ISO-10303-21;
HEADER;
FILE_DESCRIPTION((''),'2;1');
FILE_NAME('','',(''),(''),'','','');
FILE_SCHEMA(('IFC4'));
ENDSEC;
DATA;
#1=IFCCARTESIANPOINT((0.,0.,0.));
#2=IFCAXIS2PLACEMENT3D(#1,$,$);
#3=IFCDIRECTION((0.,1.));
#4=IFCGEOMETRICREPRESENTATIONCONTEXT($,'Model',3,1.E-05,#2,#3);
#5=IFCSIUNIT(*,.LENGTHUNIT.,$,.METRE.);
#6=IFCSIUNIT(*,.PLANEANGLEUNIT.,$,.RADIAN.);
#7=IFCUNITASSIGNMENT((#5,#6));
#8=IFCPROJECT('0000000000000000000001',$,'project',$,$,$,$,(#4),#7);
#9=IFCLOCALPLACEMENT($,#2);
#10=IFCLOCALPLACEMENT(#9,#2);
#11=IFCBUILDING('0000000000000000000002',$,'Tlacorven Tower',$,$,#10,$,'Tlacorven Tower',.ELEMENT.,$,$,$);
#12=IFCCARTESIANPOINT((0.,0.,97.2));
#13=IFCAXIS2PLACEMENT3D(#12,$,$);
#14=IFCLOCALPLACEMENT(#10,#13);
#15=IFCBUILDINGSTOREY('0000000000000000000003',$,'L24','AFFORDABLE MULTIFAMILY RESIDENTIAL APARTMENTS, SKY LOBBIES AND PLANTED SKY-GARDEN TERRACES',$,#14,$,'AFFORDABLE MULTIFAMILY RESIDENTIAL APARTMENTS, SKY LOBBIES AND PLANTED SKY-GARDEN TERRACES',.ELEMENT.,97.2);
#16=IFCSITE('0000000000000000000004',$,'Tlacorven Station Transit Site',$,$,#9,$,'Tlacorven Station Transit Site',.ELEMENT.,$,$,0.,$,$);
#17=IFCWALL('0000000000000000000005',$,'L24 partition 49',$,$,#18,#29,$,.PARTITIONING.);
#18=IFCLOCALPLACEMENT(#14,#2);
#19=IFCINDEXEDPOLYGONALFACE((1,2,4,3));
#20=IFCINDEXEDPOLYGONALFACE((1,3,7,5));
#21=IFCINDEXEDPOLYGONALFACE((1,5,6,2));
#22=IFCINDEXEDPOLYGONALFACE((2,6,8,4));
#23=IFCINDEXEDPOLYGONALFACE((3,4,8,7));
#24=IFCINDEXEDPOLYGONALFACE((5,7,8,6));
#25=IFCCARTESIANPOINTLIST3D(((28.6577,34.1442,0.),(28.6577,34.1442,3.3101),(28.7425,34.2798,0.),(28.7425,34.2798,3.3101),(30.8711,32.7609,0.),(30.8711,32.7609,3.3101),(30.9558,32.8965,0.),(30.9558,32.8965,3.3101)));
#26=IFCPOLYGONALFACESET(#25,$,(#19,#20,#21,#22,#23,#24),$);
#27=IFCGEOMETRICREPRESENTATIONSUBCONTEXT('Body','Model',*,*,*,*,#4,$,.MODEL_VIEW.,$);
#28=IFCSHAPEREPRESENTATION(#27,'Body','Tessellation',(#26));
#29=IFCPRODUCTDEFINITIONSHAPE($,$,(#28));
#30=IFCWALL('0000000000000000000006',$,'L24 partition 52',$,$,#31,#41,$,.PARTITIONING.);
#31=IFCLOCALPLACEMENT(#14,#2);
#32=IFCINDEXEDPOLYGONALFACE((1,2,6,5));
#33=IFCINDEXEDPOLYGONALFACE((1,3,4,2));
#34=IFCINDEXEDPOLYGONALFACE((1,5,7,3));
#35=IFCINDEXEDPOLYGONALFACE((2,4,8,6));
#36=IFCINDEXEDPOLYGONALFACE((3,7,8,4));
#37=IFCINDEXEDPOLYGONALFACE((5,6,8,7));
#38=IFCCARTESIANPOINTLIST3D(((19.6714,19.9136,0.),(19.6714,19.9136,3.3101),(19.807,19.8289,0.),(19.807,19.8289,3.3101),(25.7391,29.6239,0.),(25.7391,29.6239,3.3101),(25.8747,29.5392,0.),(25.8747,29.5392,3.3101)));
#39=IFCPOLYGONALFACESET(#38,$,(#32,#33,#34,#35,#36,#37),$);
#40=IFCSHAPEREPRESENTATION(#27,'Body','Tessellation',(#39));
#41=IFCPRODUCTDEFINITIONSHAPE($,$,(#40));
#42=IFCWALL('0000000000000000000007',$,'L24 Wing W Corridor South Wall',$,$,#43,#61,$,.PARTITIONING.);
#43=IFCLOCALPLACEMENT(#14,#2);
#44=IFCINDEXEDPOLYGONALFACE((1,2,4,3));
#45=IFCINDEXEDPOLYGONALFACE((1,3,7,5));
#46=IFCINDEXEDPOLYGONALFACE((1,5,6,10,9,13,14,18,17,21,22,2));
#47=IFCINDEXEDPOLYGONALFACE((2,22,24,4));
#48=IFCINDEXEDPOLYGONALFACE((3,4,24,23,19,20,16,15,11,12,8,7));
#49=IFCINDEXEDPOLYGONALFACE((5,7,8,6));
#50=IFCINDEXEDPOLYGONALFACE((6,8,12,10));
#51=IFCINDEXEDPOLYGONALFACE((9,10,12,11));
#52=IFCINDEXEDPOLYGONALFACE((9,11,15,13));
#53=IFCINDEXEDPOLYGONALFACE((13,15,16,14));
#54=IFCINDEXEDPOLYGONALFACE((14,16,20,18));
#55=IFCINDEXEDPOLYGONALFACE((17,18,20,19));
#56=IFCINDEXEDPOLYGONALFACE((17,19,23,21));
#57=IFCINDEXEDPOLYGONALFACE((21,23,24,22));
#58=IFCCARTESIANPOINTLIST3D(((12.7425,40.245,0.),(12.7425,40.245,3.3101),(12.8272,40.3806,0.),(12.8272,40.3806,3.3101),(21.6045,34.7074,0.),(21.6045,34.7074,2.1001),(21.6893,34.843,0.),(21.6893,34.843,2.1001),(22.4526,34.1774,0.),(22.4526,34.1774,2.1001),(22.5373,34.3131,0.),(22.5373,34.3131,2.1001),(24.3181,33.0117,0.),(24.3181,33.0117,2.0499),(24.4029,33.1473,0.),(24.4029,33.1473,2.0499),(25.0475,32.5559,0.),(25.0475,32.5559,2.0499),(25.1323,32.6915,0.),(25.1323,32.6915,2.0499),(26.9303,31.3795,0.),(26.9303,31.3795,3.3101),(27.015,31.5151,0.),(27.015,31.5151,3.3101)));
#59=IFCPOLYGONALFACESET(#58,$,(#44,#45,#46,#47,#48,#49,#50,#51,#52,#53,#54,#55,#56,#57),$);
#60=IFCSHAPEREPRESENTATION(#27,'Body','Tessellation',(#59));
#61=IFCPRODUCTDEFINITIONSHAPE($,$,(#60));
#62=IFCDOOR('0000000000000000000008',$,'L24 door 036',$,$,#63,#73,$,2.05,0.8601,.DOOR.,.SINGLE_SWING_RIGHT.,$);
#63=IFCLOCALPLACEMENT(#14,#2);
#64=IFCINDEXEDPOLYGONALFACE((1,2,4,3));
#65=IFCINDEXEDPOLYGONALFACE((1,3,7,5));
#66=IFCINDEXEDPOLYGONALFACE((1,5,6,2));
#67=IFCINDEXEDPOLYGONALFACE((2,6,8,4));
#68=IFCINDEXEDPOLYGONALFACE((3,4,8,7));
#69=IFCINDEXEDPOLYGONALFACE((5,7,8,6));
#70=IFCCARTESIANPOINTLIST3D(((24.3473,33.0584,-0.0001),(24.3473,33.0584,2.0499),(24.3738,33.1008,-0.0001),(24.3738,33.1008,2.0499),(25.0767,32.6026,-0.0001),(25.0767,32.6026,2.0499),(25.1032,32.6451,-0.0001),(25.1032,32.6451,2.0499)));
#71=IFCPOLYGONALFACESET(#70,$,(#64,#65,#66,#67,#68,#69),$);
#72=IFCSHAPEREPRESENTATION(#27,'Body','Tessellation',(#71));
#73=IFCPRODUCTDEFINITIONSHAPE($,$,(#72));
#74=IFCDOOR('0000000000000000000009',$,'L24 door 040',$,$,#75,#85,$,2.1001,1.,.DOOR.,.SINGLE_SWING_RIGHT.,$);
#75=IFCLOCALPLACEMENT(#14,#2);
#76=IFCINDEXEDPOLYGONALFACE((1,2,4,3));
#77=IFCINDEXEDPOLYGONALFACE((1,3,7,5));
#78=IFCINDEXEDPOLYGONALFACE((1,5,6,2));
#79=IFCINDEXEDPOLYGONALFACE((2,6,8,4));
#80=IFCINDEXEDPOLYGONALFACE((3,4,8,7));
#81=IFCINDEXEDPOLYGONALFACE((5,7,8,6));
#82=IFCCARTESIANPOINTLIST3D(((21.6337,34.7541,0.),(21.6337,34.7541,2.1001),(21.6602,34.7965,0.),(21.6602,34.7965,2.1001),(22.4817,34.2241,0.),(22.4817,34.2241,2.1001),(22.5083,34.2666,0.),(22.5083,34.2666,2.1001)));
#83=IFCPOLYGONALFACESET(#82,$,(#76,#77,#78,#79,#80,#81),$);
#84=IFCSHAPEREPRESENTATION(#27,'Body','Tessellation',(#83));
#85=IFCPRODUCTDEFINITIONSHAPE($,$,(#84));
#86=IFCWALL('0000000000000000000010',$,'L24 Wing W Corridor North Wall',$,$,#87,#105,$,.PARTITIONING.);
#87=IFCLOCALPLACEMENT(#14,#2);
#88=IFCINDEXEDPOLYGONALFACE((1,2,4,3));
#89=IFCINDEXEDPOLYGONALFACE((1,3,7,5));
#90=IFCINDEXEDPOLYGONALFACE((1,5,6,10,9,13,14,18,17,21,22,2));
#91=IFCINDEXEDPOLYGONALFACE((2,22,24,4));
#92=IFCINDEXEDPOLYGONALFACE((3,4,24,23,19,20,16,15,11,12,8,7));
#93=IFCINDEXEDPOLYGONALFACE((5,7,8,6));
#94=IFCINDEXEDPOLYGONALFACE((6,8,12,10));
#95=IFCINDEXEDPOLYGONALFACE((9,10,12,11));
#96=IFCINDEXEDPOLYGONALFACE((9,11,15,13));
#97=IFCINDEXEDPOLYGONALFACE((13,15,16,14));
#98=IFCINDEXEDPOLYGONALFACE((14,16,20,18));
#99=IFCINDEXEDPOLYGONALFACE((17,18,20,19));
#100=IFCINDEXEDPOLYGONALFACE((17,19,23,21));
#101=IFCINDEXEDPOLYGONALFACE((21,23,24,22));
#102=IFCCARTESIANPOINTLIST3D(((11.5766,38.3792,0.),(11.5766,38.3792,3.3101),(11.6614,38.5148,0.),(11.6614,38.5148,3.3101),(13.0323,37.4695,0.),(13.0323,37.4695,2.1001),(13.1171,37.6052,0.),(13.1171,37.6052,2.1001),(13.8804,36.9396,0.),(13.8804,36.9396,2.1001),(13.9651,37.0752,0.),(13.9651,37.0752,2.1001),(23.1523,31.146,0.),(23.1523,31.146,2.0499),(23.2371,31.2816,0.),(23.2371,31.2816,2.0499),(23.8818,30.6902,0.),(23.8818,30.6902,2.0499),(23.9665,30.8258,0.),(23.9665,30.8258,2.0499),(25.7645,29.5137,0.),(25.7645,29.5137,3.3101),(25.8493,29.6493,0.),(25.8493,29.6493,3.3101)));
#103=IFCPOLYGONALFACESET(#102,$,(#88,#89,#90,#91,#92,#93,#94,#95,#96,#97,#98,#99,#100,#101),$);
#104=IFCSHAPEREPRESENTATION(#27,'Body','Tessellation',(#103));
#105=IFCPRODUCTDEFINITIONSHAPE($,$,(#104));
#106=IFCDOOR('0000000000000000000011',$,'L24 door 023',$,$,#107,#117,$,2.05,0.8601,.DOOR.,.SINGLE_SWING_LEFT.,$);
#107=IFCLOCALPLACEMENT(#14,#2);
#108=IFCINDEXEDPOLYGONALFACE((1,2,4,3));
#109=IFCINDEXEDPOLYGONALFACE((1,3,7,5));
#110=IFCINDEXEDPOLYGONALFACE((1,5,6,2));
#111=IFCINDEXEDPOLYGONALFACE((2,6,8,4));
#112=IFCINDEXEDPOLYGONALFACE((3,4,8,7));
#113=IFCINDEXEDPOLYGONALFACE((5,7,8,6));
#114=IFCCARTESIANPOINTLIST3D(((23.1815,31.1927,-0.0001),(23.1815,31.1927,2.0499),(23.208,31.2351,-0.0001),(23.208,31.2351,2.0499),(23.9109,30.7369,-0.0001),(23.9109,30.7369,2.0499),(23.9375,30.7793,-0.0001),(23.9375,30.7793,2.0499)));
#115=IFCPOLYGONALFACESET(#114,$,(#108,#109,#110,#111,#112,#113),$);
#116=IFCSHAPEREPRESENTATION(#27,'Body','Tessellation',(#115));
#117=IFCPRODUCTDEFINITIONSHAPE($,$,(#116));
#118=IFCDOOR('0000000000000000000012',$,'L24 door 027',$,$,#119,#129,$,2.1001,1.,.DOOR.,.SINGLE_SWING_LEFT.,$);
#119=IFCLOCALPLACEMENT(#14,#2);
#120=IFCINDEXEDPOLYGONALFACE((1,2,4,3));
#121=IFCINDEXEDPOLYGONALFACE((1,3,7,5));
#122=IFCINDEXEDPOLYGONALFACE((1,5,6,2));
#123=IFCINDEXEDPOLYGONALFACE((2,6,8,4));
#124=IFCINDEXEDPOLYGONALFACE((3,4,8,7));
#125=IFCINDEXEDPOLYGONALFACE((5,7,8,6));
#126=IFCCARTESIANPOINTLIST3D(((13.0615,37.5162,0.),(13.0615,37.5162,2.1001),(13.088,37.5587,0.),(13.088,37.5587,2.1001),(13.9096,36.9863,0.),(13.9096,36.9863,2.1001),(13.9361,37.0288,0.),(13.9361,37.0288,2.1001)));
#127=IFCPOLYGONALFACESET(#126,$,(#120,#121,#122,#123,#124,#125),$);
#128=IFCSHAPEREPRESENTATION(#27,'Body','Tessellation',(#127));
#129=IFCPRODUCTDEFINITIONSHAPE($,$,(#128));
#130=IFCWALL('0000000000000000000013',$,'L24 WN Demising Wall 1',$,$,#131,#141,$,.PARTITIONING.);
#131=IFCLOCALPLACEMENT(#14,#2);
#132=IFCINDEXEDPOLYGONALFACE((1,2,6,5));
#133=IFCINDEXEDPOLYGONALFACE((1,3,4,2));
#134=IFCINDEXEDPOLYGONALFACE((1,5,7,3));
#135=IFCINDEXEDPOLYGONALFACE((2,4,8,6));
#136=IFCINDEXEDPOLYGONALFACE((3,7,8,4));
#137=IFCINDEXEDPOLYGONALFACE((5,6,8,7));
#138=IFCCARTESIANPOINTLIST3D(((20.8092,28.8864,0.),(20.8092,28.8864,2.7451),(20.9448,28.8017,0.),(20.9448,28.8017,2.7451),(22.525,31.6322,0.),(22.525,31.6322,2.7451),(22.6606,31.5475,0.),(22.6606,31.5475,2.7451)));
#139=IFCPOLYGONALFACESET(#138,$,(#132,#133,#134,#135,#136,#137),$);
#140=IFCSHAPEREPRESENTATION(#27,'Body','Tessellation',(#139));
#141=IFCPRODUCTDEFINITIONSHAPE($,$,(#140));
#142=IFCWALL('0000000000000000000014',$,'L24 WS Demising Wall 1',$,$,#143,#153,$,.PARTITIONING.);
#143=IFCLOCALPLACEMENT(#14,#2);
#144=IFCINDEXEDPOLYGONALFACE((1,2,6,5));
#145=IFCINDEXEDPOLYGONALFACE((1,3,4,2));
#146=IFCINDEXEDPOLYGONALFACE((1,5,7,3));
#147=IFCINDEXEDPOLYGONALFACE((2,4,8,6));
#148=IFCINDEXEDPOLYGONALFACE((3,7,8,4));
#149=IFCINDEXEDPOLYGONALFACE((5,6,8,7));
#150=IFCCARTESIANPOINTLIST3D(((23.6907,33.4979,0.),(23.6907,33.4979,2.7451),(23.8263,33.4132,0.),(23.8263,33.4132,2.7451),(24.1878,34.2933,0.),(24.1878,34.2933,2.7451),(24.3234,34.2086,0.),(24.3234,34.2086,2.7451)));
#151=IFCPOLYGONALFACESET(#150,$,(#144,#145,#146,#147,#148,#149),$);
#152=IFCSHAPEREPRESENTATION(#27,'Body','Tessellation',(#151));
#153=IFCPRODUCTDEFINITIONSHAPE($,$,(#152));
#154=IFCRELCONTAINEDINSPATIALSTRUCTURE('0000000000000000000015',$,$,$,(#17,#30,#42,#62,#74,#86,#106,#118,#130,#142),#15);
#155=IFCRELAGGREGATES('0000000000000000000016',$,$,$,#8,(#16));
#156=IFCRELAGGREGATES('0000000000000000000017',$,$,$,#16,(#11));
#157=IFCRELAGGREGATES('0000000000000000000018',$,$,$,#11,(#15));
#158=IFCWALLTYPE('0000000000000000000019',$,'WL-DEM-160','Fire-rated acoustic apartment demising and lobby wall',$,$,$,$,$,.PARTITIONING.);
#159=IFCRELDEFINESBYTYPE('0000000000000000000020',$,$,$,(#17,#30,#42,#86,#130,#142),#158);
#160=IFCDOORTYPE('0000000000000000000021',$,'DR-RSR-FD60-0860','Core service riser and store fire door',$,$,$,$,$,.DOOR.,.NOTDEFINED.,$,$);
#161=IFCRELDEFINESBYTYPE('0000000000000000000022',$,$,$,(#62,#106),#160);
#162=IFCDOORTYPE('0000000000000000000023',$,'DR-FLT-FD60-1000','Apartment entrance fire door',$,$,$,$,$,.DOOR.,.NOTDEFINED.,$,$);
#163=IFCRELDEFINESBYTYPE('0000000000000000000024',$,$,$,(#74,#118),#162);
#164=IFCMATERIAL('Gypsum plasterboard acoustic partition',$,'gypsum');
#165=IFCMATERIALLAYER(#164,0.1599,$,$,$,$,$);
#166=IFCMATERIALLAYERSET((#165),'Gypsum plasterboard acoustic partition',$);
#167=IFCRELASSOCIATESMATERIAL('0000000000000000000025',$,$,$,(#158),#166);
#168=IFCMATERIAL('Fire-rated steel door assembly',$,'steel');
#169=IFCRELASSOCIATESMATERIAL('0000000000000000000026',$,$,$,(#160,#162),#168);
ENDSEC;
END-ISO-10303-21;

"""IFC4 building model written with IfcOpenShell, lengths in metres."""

from ifc_helpers import new_model, si_unit, direction, frame, frame_2d, origin, place, context, subcontext, project, spatial, rectangle, extrude, source, transform, mapped, material, layer, layer_set, type_object, element, fill, save


model = new_model("IFC4")

# Units and contexts
model_context = context("Model", 3, precision=1e-05, world=origin(), true_north=direction((0.0, 1.0)))
body_context = subcontext(model_context, "Body", "Model", "MODEL_VIEW")
ifc_project = project(units=[si_unit("LENGTHUNIT", "METRE"), si_unit("PLANEANGLEUNIT", "RADIAN")], contexts=[model_context])

# Site, building, storey
site_placement = place(None, origin())
site = spatial("IfcSite", under=ifc_project, at=site_placement, Name="Tlacorven Station Transit Site", LongName="Tlacorven Station Transit Site", CompositionType="ELEMENT", RefElevation=0.0)
building_placement = place(site_placement, origin())
building = spatial("IfcBuilding", under=site, at=building_placement, Name="Tlacorven Tower", LongName="Tlacorven Tower", CompositionType="ELEMENT")
storey_placement = place(building_placement, frame((0.0, 0.0, 97.2)))
storey = spatial("IfcBuildingStorey", under=building, at=storey_placement, Name="L24", Description="AFFORDABLE MULTIFAMILY RESIDENTIAL APARTMENTS, SKY LOBBIES AND PLANTED SKY-GARDEN TERRACES", LongName="AFFORDABLE MULTIFAMILY RESIDENTIAL APARTMENTS, SKY LOBBIES AND PLANTED SKY-GARDEN TERRACES", CompositionType="ELEMENT", Elevation=97.2)

# Walls
ifc_material_1 = material(Name="Gypsum plasterboard acoustic partition", Category="gypsum")
ifc_layer_1 = layer(ifc_material_1, 0.1599)
ifc_layer_set_1 = layer_set([ifc_layer_1], Name="Gypsum plasterboard acoustic partition")
wall_type_1 = type_object("IfcWallType", Name="WL-DEM-160", Description="Fire-rated acoustic apartment demising and lobby wall", PredefinedType="PARTITIONING", material=ifc_layer_set_1)
wall_1_placement = place(storey_placement, frame((30.9136, 32.8286, 0.0), z_axis=(0.0, 0.0, 1.0), x_axis=(-0.848009, 0.529982, 0.0)))
element("IfcWall", 1, at=wall_1_placement, inside=storey, type_object=wall_type_1, Name="L24 partition 49", PredefinedType="PARTITIONING", context=body_context, shape_type="SweptSolid", body=[
    extrude(rectangle(XDim=2.6101, YDim=0.1599, at=frame_2d((1.3052, 0.0))), origin(), (0.0, 0.0, 1.0), 3.3101),
])
wall_2_placement = place(storey_placement, frame((25.8069, 29.5815, 0.0), z_axis=(0.0, 0.0, 1.0), x_axis=(-0.52992, -0.848047, 0.0)))
element("IfcWall", 2, at=wall_2_placement, inside=storey, type_object=wall_type_1, Name="L24 partition 52", PredefinedType="PARTITIONING", context=body_context, shape_type="SweptSolid", body=[
    extrude(rectangle(XDim=11.4502, YDim=0.1599, at=frame_2d((5.7251, 0.0))), origin(), (0.0, 0.0, 1.0), 3.3101),
])

# Walls, openings, doors
wall_3_placement = place(storey_placement, frame((26.9727, 31.4473, 0.0), z_axis=(0.0, 0.0, 1.0), x_axis=(-0.848048, 0.529919, 0.0)))
wall_3 = element("IfcWall", 3, at=wall_3_placement, inside=storey, type_object=wall_type_1, Name="L24 Wing W Corridor South Wall", PredefinedType="PARTITIONING", context=body_context, shape_type="SweptSolid", body=[
    extrude(rectangle(XDim=16.73, YDim=0.1599, at=frame_2d((8.365, 0.0))), origin(), (0.0, 0.0, 1.0), 3.3101),
])
opening_1_placement = place(wall_3_placement, frame((2.22, 0.0, 0.0)))
opening_1 = element("IfcOpeningElement", 4, at=opening_1_placement, cuts=wall_3, PredefinedType="OPENING", context=body_context, shape_type="SweptSolid", body=[
    extrude(rectangle(XDim=0.8601, YDim=2.05, at=frame_2d((0.4302, 1.0249))), frame((0.0, 0.0898, 0.0), z_axis=(0.0, -1.0, 0.0), x_axis=(1.0, 0.0, 0.0)), (0.0, 0.0, 1.0), 0.1799),
])
opening_2_placement = place(wall_3_placement, frame((5.28, 0.0, 0.0)))
opening_2 = element("IfcOpeningElement", 5, at=opening_2_placement, cuts=wall_3, PredefinedType="OPENING", context=body_context, shape_type="SweptSolid", body=[
    extrude(rectangle(XDim=1.0, YDim=2.1001, at=frame_2d((0.5, 1.05))), frame((0.0, 0.0898, 0.0), z_axis=(0.0, -1.0, 0.0), x_axis=(1.0, 0.0, 0.0)), (0.0, 0.0, 1.0), 0.1799),
])
ifc_material_2 = material(Name="Fire-rated steel door assembly", Category="steel")
door_type_1 = type_object("IfcDoorType", Name="DR-RSR-FD60-0860", Description="Core service riser and store fire door", OperationType="NOTDEFINED", PredefinedType="DOOR", material=ifc_material_2)
shared_shape_1 = source(origin(), body_context, "Body", "SweptSolid", [
    extrude(rectangle(XDim=0.8601, YDim=2.05, at=frame_2d((0.4302, 1.0249))), frame((0.0, 0.0249, 0.0), z_axis=(0.0, -1.0, 0.0), x_axis=(1.0, 0.0, 0.0)), (0.0, 0.0, 1.0), 0.05),
])
door_1_placement = place(opening_1_placement, origin())
door_1 = element("IfcDoor", 6, at=door_1_placement, inside=storey, type_object=door_type_1, Name="L24 door 036", OperationType="SINGLE_SWING_RIGHT", OverallHeight=2.05, OverallWidth=0.8601, PredefinedType="DOOR", context=body_context, shape_type="MappedRepresentation", body=[
    mapped(shared_shape_1, transform((0.0, 0.0, 0.0), scale=1.0)),
])
fill(opening_1, door_1)
door_type_2 = type_object("IfcDoorType", Name="DR-FLT-FD60-1000", Description="Apartment entrance fire door", OperationType="NOTDEFINED", PredefinedType="DOOR", material=ifc_material_2)
shared_shape_2 = source(origin(), body_context, "Body", "SweptSolid", [
    extrude(rectangle(XDim=1.0, YDim=2.1001, at=frame_2d((0.5, 1.05))), frame((0.0, 0.0249, 0.0), z_axis=(0.0, -1.0, 0.0), x_axis=(1.0, 0.0, 0.0)), (0.0, 0.0, 1.0), 0.05),
])
door_2_placement = place(opening_2_placement, origin())
door_2 = element("IfcDoor", 7, at=door_2_placement, inside=storey, type_object=door_type_2, Name="L24 door 040", OperationType="SINGLE_SWING_RIGHT", OverallHeight=2.1001, OverallWidth=1.0, PredefinedType="DOOR", context=body_context, shape_type="MappedRepresentation", body=[
    mapped(shared_shape_2, transform((0.0, 0.0, 0.0), scale=1.0)),
])
fill(opening_2, door_2)
wall_4_placement = place(storey_placement, frame((25.8069, 29.5815, 0.0), z_axis=(0.0, 0.0, 1.0), x_axis=(-0.848052, 0.529912, 0.0)))
wall_4 = element("IfcWall", 8, at=wall_4_placement, inside=storey, type_object=wall_type_1, Name="L24 Wing W Corridor North Wall", PredefinedType="PARTITIONING", context=body_context, shape_type="SweptSolid", body=[
    extrude(rectangle(XDim=16.73, YDim=0.1599, at=frame_2d((8.365, 0.0))), origin(), (0.0, 0.0, 1.0), 3.3101),
])
opening_3_placement = place(wall_4_placement, frame((2.22, 0.0, 0.0)))
opening_3 = element("IfcOpeningElement", 9, at=opening_3_placement, cuts=wall_4, PredefinedType="OPENING", context=body_context, shape_type="SweptSolid", body=[
    extrude(rectangle(XDim=0.8601, YDim=2.05, at=frame_2d((0.4302, 1.0249))), frame((0.0, 0.0898, 0.0), z_axis=(0.0, -1.0, 0.0), x_axis=(1.0, 0.0, 0.0)), (0.0, 0.0, 1.0), 0.1799),
])
opening_4_placement = place(wall_4_placement, frame((14.0134, 0.0, 0.0)))
opening_4 = element("IfcOpeningElement", 10, at=opening_4_placement, cuts=wall_4, PredefinedType="OPENING", context=body_context, shape_type="SweptSolid", body=[
    extrude(rectangle(XDim=1.0, YDim=2.1001, at=frame_2d((0.5, 1.05))), frame((0.0, 0.0898, 0.0), z_axis=(0.0, -1.0, 0.0), x_axis=(1.0, 0.0, 0.0)), (0.0, 0.0, 1.0), 0.1799),
])
door_3_placement = place(opening_3_placement, origin())
door_3 = element("IfcDoor", 11, at=door_3_placement, inside=storey, type_object=door_type_1, Name="L24 door 023", OperationType="SINGLE_SWING_LEFT", OverallHeight=2.05, OverallWidth=0.8601, PredefinedType="DOOR", context=body_context, shape_type="MappedRepresentation", body=[
    mapped(shared_shape_1, transform((0.0, 0.0, 0.0), scale=1.0)),
])
fill(opening_3, door_3)
door_4_placement = place(opening_4_placement, origin())
door_4 = element("IfcDoor", 12, at=door_4_placement, inside=storey, type_object=door_type_2, Name="L24 door 027", OperationType="SINGLE_SWING_LEFT", OverallHeight=2.1001, OverallWidth=1.0, PredefinedType="DOOR", context=body_context, shape_type="MappedRepresentation", body=[
    mapped(shared_shape_2, transform((0.0, 0.0, 0.0), scale=1.0)),
])
fill(opening_4, door_4)

# Walls
wall_5_placement = place(storey_placement, frame((22.5928, 31.5898, 0.0), z_axis=(0.0, 0.0, 1.0), x_axis=(-0.529924, -0.848045, 0.0)))
element("IfcWall", 13, at=wall_5_placement, inside=storey, type_object=wall_type_1, Name="L24 WN Demising Wall 1", PredefinedType="PARTITIONING", context=body_context, shape_type="SweptSolid", body=[
    extrude(rectangle(XDim=3.2378, YDim=0.1599, at=frame_2d((1.6189, 0.0))), origin(), (0.0, 0.0, 1.0), 2.7451),
])
wall_6_placement = place(storey_placement, frame((24.2556, 34.251, 0.0), z_axis=(0.0, 0.0, 1.0), x_axis=(-0.529952, -0.848028, 0.0)))
element("IfcWall", 14, at=wall_6_placement, inside=storey, type_object=wall_type_1, Name="L24 WS Demising Wall 1", PredefinedType="PARTITIONING", context=body_context, shape_type="SweptSolid", body=[
    extrude(rectangle(XDim=0.938, YDim=0.1599, at=frame_2d((0.469, 0.0))), origin(), (0.0, 0.0, 1.0), 2.7451),
])

save(model, "model.ifc")
